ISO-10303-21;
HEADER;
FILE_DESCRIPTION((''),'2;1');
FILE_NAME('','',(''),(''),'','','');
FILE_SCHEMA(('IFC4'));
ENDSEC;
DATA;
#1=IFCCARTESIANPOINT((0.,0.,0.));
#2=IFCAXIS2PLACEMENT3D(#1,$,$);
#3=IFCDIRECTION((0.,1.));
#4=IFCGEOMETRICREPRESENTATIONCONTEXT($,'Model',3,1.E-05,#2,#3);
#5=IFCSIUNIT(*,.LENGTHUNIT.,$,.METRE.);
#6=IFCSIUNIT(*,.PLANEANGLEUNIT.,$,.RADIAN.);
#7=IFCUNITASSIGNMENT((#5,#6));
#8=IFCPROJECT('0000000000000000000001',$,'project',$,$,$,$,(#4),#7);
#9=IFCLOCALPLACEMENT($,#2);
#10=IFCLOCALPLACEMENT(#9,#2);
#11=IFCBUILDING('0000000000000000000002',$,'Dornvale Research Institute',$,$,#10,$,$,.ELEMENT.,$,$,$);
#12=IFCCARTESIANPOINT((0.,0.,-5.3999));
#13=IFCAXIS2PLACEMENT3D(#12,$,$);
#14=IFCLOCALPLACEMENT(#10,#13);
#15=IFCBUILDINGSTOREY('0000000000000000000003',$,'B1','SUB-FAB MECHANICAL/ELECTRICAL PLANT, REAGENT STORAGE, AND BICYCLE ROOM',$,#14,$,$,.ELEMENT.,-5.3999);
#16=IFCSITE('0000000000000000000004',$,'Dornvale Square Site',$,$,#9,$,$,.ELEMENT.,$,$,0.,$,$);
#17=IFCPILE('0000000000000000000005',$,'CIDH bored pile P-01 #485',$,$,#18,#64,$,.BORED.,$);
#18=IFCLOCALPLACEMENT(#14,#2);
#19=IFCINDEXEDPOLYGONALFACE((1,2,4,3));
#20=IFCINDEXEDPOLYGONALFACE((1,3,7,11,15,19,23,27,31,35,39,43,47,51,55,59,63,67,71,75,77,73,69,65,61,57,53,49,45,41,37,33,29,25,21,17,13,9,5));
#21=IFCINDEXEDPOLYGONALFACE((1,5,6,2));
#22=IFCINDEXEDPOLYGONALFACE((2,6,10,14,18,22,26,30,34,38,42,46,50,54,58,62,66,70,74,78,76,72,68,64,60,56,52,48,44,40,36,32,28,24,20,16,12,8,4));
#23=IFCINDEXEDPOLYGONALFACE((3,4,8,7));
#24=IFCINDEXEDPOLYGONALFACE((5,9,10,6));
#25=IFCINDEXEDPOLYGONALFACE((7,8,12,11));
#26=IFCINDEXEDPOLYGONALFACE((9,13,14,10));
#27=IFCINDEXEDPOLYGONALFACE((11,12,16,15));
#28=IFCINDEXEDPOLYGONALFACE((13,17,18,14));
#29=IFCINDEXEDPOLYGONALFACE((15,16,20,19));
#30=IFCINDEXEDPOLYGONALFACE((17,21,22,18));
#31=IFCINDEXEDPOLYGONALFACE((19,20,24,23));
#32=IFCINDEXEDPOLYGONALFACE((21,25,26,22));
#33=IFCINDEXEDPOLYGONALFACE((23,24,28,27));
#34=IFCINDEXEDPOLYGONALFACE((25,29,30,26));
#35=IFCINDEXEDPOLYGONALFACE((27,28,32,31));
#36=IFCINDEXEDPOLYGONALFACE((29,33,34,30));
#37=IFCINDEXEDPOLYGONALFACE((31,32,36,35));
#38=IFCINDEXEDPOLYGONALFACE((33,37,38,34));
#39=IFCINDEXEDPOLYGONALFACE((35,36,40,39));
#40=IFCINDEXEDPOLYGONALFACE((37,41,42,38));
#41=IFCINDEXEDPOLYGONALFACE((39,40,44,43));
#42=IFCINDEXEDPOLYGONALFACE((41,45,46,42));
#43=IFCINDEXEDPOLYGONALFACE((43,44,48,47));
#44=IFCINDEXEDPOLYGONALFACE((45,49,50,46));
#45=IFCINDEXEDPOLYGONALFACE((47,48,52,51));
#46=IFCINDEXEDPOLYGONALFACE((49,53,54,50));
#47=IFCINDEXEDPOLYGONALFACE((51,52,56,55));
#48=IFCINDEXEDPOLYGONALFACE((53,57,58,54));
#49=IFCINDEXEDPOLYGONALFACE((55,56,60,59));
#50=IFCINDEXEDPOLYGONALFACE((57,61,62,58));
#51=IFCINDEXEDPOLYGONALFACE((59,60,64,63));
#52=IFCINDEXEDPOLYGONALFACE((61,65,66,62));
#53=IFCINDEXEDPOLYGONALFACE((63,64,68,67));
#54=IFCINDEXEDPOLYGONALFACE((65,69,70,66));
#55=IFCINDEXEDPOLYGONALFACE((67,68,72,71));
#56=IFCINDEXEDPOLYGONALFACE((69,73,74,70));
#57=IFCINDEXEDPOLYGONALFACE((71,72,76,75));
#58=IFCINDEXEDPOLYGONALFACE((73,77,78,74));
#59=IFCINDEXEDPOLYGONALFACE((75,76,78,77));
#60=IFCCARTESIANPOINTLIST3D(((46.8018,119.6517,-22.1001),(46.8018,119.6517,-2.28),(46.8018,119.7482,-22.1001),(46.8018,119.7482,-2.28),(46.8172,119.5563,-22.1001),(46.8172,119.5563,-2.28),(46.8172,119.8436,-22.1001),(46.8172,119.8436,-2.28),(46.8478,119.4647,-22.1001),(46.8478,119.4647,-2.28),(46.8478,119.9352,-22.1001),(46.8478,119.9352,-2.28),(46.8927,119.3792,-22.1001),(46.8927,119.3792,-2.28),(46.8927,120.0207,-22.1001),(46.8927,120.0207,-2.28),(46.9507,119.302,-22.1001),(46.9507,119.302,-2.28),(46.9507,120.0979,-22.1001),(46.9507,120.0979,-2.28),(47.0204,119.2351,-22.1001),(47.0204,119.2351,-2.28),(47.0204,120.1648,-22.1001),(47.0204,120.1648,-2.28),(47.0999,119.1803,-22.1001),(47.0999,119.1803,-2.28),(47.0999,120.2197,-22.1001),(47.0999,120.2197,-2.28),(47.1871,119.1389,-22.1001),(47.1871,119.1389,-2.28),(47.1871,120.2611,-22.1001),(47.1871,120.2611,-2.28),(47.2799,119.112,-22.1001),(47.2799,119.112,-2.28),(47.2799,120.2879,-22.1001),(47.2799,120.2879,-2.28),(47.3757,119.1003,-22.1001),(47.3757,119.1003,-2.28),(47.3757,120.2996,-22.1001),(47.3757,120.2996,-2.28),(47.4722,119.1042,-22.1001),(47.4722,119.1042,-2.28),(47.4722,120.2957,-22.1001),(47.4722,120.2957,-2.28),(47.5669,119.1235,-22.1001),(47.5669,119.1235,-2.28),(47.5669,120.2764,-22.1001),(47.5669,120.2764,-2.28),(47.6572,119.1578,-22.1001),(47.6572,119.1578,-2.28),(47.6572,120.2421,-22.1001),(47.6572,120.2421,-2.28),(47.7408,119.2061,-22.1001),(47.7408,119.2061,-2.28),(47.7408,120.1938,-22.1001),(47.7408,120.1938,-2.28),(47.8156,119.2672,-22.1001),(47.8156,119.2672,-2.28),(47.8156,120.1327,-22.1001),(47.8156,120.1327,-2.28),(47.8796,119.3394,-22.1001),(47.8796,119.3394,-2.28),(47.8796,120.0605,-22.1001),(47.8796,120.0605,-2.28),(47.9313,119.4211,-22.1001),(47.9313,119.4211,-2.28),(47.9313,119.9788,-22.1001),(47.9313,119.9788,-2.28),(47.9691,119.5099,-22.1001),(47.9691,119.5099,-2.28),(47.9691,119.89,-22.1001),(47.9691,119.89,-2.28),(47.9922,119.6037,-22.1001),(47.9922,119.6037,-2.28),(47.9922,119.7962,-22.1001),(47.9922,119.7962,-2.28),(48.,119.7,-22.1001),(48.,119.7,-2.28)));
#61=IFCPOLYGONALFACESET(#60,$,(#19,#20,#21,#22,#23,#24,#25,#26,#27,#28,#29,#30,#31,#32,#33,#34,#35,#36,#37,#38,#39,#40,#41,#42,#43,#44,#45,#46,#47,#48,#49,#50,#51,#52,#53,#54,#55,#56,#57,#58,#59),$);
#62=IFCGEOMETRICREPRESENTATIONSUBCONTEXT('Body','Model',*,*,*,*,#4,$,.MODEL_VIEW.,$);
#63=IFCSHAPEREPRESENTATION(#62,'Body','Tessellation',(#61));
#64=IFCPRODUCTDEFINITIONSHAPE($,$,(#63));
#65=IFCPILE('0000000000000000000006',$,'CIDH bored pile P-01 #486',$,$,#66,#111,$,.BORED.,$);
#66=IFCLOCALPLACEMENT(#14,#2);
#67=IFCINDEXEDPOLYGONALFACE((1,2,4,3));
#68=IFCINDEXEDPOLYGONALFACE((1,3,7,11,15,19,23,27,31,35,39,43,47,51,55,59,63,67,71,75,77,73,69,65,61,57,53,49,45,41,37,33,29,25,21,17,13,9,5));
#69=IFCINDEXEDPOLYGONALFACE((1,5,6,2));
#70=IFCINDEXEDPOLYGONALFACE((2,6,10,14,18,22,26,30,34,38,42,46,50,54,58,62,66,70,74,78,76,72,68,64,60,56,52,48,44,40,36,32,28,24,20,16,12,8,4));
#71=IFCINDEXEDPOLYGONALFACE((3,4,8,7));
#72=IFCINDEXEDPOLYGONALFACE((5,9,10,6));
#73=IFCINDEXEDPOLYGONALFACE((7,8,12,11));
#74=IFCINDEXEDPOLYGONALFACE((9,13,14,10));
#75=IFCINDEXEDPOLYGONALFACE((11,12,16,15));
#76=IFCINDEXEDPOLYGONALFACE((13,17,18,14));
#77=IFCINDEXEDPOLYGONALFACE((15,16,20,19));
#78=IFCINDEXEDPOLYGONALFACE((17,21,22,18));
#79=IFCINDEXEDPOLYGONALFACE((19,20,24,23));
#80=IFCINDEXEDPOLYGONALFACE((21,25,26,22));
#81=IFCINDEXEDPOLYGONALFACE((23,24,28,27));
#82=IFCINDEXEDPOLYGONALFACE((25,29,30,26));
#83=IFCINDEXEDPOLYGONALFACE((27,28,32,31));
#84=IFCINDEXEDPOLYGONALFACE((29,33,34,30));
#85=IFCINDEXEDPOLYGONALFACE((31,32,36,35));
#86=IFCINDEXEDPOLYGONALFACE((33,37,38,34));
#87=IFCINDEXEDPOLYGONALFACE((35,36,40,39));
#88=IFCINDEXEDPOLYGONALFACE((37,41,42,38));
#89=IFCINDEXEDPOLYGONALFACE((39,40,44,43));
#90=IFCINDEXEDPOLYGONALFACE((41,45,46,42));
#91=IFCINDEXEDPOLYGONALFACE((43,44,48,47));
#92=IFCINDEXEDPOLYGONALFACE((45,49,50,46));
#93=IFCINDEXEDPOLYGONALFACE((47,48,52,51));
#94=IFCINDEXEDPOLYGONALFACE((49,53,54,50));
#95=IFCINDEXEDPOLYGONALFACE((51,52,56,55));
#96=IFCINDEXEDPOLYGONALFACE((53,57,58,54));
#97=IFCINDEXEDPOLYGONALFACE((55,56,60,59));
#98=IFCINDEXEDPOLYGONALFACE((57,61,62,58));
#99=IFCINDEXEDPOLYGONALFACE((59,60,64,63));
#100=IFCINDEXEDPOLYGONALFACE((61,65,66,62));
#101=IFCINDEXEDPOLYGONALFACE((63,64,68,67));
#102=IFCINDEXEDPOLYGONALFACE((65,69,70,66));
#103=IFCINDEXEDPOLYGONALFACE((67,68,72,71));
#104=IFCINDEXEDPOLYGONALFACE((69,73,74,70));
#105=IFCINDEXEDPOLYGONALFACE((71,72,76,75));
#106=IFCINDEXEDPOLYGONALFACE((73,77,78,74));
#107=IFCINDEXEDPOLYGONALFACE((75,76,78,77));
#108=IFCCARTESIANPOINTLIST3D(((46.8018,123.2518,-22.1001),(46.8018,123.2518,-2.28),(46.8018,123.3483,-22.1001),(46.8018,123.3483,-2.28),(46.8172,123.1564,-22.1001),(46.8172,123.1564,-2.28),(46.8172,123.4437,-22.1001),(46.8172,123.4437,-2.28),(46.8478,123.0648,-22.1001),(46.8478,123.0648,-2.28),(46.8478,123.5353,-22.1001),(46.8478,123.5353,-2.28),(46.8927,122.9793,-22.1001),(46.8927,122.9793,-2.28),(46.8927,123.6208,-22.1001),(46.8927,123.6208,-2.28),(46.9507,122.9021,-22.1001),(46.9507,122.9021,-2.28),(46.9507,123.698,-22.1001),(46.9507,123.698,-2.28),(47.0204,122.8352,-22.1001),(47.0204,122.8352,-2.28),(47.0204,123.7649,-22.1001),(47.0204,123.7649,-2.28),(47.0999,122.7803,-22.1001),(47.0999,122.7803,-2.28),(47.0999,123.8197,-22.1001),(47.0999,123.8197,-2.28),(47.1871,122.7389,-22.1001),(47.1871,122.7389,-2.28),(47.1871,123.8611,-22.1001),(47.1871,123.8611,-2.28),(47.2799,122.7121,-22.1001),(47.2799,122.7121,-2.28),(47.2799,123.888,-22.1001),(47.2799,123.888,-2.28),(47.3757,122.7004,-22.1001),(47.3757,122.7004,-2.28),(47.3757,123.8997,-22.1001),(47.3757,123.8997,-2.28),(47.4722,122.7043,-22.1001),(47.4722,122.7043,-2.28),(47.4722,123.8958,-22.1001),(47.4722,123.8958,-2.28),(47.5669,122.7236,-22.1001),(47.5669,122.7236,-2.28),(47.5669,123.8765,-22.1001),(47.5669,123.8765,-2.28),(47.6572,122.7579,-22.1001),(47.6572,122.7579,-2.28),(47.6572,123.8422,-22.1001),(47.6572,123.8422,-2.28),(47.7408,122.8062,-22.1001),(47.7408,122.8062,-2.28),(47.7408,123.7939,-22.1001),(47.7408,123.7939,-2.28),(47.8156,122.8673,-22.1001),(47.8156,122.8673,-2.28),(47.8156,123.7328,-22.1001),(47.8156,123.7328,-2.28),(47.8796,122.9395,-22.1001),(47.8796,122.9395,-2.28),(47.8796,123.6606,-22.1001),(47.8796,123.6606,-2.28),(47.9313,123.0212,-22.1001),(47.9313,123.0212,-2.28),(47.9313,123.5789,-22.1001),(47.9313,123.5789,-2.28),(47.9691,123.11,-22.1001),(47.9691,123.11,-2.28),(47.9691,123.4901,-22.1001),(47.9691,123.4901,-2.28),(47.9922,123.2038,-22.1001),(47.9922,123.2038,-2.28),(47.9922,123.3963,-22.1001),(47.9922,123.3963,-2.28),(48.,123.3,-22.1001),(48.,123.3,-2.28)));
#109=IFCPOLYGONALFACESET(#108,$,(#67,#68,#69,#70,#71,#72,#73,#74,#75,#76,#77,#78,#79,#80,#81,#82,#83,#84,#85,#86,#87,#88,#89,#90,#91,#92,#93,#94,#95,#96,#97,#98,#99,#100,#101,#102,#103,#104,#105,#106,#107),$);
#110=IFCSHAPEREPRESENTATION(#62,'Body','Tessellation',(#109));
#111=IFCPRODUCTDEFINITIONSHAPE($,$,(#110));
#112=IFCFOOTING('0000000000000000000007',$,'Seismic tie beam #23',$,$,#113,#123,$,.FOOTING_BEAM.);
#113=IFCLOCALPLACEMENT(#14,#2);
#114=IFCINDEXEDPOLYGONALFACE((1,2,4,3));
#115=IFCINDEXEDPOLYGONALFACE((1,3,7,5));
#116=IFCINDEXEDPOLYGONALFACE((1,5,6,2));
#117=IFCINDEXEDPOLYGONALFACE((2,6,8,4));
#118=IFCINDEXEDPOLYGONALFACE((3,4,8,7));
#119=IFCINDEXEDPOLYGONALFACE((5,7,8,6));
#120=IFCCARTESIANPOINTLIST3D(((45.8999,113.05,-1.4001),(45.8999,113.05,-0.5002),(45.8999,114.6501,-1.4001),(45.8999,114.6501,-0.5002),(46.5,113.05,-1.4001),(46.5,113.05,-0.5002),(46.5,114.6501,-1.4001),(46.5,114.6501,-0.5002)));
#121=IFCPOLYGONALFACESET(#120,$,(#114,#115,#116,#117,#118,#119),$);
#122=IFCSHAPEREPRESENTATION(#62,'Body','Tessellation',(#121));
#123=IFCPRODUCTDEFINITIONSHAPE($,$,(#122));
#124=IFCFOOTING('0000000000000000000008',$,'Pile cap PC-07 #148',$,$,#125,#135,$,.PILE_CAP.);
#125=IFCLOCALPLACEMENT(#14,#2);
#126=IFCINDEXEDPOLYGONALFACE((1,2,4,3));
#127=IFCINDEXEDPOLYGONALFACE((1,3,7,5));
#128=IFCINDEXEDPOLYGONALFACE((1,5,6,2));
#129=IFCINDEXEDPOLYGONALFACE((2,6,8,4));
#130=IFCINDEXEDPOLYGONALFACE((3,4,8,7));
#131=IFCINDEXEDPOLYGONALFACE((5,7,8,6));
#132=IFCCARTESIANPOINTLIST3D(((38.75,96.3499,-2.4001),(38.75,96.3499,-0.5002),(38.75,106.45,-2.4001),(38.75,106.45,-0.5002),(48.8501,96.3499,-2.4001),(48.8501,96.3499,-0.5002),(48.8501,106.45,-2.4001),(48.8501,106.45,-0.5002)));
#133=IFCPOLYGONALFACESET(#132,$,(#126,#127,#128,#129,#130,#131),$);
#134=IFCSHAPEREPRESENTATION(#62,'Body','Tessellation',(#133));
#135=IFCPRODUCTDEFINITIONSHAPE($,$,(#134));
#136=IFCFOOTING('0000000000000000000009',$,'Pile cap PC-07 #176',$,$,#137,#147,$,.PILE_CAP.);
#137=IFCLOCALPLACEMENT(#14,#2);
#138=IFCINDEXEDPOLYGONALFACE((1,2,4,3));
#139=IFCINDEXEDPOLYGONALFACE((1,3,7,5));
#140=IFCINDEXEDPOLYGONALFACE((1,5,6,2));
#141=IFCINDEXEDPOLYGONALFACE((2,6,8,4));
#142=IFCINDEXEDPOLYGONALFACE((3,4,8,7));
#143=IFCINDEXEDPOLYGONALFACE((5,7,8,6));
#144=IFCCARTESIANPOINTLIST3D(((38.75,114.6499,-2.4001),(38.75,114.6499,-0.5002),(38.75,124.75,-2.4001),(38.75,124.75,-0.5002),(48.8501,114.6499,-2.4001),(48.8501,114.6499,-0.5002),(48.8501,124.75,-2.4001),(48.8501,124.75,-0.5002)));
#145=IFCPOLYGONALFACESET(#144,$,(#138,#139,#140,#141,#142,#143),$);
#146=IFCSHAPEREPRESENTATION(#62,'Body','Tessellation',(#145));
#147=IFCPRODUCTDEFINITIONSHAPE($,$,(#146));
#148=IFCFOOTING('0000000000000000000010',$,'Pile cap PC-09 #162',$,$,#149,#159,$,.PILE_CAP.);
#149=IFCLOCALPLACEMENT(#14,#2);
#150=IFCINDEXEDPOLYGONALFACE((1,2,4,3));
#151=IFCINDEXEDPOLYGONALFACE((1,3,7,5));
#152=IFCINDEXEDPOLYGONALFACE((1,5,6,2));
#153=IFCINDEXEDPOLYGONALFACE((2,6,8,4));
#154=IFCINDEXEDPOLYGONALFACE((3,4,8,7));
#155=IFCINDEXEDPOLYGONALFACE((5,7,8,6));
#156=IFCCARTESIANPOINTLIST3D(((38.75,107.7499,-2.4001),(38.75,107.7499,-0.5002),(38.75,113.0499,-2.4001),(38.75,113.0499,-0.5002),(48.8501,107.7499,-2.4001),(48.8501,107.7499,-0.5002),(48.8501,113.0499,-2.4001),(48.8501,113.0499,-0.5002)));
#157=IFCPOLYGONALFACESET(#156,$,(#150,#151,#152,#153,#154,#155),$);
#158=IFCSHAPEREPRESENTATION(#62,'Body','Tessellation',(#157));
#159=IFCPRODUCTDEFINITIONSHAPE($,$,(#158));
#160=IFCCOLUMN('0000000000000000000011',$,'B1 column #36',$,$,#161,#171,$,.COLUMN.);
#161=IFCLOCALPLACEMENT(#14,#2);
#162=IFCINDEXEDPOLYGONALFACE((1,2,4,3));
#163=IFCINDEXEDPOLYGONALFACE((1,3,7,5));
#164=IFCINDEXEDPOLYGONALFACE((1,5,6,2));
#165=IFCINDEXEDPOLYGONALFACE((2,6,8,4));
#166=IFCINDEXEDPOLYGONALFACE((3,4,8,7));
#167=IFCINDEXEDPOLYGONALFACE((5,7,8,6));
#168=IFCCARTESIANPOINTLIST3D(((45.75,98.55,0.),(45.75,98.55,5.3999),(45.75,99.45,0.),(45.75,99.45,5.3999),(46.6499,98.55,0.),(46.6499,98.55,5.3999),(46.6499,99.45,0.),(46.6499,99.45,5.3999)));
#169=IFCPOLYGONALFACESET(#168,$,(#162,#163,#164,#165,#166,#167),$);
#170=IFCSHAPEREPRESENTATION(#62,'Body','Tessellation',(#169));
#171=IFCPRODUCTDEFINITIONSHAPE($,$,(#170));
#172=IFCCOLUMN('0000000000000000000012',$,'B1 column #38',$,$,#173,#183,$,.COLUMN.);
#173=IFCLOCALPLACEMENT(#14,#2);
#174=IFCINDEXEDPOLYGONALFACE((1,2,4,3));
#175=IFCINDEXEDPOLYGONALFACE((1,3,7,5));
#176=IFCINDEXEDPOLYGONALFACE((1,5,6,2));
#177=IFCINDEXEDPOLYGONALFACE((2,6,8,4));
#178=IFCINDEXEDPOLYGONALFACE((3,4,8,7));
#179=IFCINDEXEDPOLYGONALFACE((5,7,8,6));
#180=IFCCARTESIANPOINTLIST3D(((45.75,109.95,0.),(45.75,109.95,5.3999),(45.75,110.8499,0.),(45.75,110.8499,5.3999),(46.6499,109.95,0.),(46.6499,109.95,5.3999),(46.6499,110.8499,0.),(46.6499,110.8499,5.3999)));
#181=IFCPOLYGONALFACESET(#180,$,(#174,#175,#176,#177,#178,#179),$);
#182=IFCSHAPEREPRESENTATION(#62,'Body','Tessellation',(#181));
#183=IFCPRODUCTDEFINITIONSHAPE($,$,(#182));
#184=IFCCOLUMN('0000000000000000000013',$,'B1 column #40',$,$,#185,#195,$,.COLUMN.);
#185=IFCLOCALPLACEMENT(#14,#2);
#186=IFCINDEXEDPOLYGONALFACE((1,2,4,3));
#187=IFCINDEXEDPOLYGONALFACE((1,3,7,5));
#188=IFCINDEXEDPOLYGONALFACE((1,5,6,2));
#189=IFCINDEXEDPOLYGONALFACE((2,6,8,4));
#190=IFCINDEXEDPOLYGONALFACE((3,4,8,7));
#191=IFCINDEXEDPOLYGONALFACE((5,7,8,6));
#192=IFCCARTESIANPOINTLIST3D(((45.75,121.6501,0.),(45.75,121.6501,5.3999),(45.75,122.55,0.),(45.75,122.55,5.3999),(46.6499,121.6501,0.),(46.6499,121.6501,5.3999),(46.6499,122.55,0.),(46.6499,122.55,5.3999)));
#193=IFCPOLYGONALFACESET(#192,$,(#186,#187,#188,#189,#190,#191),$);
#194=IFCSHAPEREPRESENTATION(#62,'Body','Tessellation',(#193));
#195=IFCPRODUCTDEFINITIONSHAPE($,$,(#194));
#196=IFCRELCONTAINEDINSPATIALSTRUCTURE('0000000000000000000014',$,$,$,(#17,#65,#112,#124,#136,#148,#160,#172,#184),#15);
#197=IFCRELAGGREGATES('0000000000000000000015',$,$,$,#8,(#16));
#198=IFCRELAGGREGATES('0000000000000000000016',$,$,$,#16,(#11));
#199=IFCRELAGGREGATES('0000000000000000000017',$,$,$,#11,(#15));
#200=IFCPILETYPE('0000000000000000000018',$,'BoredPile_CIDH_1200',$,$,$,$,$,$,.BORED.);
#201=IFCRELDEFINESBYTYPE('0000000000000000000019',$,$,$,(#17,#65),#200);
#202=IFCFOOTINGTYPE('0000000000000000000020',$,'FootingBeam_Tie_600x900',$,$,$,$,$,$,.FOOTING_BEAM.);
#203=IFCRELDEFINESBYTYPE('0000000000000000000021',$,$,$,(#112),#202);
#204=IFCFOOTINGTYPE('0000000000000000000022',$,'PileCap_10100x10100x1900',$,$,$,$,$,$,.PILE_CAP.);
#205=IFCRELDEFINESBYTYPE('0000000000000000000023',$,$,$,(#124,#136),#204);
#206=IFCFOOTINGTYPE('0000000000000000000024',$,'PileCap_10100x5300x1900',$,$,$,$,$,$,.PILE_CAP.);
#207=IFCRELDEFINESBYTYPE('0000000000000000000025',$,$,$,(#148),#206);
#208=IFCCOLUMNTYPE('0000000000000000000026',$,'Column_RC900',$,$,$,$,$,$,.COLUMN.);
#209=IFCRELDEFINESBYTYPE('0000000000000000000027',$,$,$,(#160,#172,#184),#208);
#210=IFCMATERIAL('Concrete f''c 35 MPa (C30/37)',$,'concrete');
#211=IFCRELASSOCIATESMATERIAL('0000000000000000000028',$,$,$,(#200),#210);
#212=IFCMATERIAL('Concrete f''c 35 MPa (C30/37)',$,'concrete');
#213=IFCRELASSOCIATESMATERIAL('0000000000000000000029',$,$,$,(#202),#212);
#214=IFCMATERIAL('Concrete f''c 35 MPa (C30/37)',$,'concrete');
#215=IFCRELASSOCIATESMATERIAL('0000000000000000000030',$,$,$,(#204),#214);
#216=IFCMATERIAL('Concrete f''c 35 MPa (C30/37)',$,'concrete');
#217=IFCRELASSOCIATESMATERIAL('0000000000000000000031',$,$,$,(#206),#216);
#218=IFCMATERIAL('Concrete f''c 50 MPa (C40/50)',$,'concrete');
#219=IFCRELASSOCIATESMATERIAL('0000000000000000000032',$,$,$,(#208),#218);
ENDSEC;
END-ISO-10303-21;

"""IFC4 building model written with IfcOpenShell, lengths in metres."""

from ifc_helpers import new_model, si_unit, direction, frame, origin, origin_2d, place, context, subcontext, project, spatial, rectangle, circle, extrude, material, material_profile, profile_set, type_object, element, save


model = new_model("IFC4")

# Units and contexts
model_context = context("Model", 3, precision=1e-05, world=origin(), true_north=direction((0.0, 1.0)))
body_context = subcontext(model_context, "Body", "Model", "MODEL_VIEW")
ifc_project = project(units=[si_unit("LENGTHUNIT", "METRE"), si_unit("PLANEANGLEUNIT", "RADIAN")], contexts=[model_context])

# Site, building, storey
site_placement = place(None, origin())
site = spatial("IfcSite", under=ifc_project, at=site_placement, Name="Dornvale Square Site", CompositionType="ELEMENT", RefElevation=0.0)
building_placement = place(site_placement, origin())
building = spatial("IfcBuilding", under=site, at=building_placement, Name="Dornvale Research Institute", CompositionType="ELEMENT")
storey_placement = place(building_placement, frame((0.0, 0.0, -5.3999)))
storey = spatial("IfcBuildingStorey", under=building, at=storey_placement, Name="B1", Description="SUB-FAB MECHANICAL/ELECTRICAL PLANT, REAGENT STORAGE, AND BICYCLE ROOM", CompositionType="ELEMENT", Elevation=-5.3999)

# Piles
ifc_material_1 = material(Name="Concrete f'c 35 MPa (C30/37)", Category="concrete")
ifc_material_profile_1 = material_profile(ifc_material_1, circle(Radius=0.6001, at=origin_2d()), Name="CIDH PILE D1200")
ifc_profile_set_1 = profile_set([ifc_material_profile_1], Name="Concrete f'c 35 MPa (C30/37)")
pile_type = type_object("IfcPileType", Name="BoredPile_CIDH_1200", PredefinedType="BORED", material=ifc_profile_set_1)
for number, where, z_axis, x_axis, name in (
    (1, (47.3999, 119.7, -2.28), (0.0, 0.0, -1.0), (1.0, 0.0, 0.0), "CIDH bored pile P-01 #485"),
    (2, (47.3999, 123.3, -2.28), (0.0, 0.0, -1.0), (1.0, 0.0, 0.0), "CIDH bored pile P-01 #486"),
):
    element("IfcPile", number, at=place(storey_placement, frame(where, z_axis=z_axis, x_axis=x_axis)), inside=storey, type_object=pile_type, Name=name, PredefinedType="BORED", context=body_context, shape_type="SweptSolid", body=[
        extrude(circle(Radius=0.6001, at=origin_2d()), origin(), (0.0, 0.0, 1.0), 19.8201),
    ])

# Footings
ifc_material_2 = material(Name="Concrete f'c 35 MPa (C30/37)", Category="concrete")
footing_type_1 = type_object("IfcFootingType", Name="FootingBeam_Tie_600x900", PredefinedType="FOOTING_BEAM", material=ifc_material_2)
footing_1_placement = place(storey_placement, frame((46.2, 113.8501, -1.4001), z_axis=(0.0, 0.0, 1.0), x_axis=(0.0, 1.0, 0.0)))
element("IfcFooting", 3, at=footing_1_placement, inside=storey, type_object=footing_type_1, Name="Seismic tie beam #23", PredefinedType="FOOTING_BEAM", context=body_context, shape_type="SweptSolid", body=[
    extrude(rectangle(XDim=1.6001, YDim=0.6001, at=origin_2d()), origin(), (0.0, 0.0, 1.0), 0.8999),
])
ifc_material_3 = material(Name="Concrete f'c 35 MPa (C30/37)", Category="concrete")
footing_type_2 = type_object("IfcFootingType", Name="PileCap_10100x10100x1900", PredefinedType="PILE_CAP", material=ifc_material_3)
for number, where, z_axis, x_axis, name in (
    (4, (43.8, 101.3999, -2.4001), (0.0, 0.0, 1.0), (1.0, 0.0, 0.0), "Pile cap PC-07 #148"),
    (5, (43.8, 119.7, -2.4001), (0.0, 0.0, 1.0), (1.0, 0.0, 0.0), "Pile cap PC-07 #176"),
):
    element("IfcFooting", number, at=place(storey_placement, frame(where, z_axis=z_axis, x_axis=x_axis)), inside=storey, type_object=footing_type_2, Name=name, PredefinedType="PILE_CAP", context=body_context, shape_type="SweptSolid", body=[
        extrude(rectangle(XDim=10.1001, YDim=10.1001, at=origin_2d()), origin(), (0.0, 0.0, 1.0), 1.8999),
    ])
ifc_material_4 = material(Name="Concrete f'c 35 MPa (C30/37)", Category="concrete")
footing_type_3 = type_object("IfcFootingType", Name="PileCap_10100x5300x1900", PredefinedType="PILE_CAP", material=ifc_material_4)
footing_2_placement = place(storey_placement, frame((43.8, 110.3999, -2.4001), z_axis=(0.0, 0.0, 1.0), x_axis=(1.0, 0.0, 0.0)))
element("IfcFooting", 6, at=footing_2_placement, inside=storey, type_object=footing_type_3, Name="Pile cap PC-09 #162", PredefinedType="PILE_CAP", context=body_context, shape_type="SweptSolid", body=[
    extrude(rectangle(XDim=10.1001, YDim=5.3, at=origin_2d()), origin(), (0.0, 0.0, 1.0), 1.8999),
])

# Columns
ifc_material_5 = material(Name="Concrete f'c 50 MPa (C40/50)", Category="concrete")
ifc_material_profile_2 = material_profile(ifc_material_5, rectangle(XDim=0.8999, YDim=0.8999, at=origin_2d()), Name="RC 900x900")
ifc_profile_set_2 = profile_set([ifc_material_profile_2], Name="Concrete f'c 50 MPa (C40/50)")
column_type_1 = type_object("IfcColumnType", Name="Column_RC900", PredefinedType="COLUMN", material=ifc_profile_set_2)
for number, where, z_axis, x_axis, name in (
    (7, (46.2, 99.0, 0.0), (0.0, 0.0, 1.0), (1.0, 0.0, 0.0), "B1 column #36"),
    (8, (46.2, 110.3999, 0.0), (0.0, 0.0, 1.0), (1.0, 0.0, 0.0), "B1 column #38"),
    (9, (46.2, 122.1001, 0.0), (0.0, 0.0, 1.0), (1.0, 0.0, 0.0), "B1 column #40"),
):
    element("IfcColumn", number, at=place(storey_placement, frame(where, z_axis=z_axis, x_axis=x_axis)), inside=storey, type_object=column_type_1, Name=name, PredefinedType="COLUMN", context=body_context, shape_type="SweptSolid", body=[
        extrude(rectangle(XDim=0.8999, YDim=0.8999, at=origin_2d()), origin(), (0.0, 0.0, 1.0), 5.3999),
    ])

save(model, "model.ifc")
